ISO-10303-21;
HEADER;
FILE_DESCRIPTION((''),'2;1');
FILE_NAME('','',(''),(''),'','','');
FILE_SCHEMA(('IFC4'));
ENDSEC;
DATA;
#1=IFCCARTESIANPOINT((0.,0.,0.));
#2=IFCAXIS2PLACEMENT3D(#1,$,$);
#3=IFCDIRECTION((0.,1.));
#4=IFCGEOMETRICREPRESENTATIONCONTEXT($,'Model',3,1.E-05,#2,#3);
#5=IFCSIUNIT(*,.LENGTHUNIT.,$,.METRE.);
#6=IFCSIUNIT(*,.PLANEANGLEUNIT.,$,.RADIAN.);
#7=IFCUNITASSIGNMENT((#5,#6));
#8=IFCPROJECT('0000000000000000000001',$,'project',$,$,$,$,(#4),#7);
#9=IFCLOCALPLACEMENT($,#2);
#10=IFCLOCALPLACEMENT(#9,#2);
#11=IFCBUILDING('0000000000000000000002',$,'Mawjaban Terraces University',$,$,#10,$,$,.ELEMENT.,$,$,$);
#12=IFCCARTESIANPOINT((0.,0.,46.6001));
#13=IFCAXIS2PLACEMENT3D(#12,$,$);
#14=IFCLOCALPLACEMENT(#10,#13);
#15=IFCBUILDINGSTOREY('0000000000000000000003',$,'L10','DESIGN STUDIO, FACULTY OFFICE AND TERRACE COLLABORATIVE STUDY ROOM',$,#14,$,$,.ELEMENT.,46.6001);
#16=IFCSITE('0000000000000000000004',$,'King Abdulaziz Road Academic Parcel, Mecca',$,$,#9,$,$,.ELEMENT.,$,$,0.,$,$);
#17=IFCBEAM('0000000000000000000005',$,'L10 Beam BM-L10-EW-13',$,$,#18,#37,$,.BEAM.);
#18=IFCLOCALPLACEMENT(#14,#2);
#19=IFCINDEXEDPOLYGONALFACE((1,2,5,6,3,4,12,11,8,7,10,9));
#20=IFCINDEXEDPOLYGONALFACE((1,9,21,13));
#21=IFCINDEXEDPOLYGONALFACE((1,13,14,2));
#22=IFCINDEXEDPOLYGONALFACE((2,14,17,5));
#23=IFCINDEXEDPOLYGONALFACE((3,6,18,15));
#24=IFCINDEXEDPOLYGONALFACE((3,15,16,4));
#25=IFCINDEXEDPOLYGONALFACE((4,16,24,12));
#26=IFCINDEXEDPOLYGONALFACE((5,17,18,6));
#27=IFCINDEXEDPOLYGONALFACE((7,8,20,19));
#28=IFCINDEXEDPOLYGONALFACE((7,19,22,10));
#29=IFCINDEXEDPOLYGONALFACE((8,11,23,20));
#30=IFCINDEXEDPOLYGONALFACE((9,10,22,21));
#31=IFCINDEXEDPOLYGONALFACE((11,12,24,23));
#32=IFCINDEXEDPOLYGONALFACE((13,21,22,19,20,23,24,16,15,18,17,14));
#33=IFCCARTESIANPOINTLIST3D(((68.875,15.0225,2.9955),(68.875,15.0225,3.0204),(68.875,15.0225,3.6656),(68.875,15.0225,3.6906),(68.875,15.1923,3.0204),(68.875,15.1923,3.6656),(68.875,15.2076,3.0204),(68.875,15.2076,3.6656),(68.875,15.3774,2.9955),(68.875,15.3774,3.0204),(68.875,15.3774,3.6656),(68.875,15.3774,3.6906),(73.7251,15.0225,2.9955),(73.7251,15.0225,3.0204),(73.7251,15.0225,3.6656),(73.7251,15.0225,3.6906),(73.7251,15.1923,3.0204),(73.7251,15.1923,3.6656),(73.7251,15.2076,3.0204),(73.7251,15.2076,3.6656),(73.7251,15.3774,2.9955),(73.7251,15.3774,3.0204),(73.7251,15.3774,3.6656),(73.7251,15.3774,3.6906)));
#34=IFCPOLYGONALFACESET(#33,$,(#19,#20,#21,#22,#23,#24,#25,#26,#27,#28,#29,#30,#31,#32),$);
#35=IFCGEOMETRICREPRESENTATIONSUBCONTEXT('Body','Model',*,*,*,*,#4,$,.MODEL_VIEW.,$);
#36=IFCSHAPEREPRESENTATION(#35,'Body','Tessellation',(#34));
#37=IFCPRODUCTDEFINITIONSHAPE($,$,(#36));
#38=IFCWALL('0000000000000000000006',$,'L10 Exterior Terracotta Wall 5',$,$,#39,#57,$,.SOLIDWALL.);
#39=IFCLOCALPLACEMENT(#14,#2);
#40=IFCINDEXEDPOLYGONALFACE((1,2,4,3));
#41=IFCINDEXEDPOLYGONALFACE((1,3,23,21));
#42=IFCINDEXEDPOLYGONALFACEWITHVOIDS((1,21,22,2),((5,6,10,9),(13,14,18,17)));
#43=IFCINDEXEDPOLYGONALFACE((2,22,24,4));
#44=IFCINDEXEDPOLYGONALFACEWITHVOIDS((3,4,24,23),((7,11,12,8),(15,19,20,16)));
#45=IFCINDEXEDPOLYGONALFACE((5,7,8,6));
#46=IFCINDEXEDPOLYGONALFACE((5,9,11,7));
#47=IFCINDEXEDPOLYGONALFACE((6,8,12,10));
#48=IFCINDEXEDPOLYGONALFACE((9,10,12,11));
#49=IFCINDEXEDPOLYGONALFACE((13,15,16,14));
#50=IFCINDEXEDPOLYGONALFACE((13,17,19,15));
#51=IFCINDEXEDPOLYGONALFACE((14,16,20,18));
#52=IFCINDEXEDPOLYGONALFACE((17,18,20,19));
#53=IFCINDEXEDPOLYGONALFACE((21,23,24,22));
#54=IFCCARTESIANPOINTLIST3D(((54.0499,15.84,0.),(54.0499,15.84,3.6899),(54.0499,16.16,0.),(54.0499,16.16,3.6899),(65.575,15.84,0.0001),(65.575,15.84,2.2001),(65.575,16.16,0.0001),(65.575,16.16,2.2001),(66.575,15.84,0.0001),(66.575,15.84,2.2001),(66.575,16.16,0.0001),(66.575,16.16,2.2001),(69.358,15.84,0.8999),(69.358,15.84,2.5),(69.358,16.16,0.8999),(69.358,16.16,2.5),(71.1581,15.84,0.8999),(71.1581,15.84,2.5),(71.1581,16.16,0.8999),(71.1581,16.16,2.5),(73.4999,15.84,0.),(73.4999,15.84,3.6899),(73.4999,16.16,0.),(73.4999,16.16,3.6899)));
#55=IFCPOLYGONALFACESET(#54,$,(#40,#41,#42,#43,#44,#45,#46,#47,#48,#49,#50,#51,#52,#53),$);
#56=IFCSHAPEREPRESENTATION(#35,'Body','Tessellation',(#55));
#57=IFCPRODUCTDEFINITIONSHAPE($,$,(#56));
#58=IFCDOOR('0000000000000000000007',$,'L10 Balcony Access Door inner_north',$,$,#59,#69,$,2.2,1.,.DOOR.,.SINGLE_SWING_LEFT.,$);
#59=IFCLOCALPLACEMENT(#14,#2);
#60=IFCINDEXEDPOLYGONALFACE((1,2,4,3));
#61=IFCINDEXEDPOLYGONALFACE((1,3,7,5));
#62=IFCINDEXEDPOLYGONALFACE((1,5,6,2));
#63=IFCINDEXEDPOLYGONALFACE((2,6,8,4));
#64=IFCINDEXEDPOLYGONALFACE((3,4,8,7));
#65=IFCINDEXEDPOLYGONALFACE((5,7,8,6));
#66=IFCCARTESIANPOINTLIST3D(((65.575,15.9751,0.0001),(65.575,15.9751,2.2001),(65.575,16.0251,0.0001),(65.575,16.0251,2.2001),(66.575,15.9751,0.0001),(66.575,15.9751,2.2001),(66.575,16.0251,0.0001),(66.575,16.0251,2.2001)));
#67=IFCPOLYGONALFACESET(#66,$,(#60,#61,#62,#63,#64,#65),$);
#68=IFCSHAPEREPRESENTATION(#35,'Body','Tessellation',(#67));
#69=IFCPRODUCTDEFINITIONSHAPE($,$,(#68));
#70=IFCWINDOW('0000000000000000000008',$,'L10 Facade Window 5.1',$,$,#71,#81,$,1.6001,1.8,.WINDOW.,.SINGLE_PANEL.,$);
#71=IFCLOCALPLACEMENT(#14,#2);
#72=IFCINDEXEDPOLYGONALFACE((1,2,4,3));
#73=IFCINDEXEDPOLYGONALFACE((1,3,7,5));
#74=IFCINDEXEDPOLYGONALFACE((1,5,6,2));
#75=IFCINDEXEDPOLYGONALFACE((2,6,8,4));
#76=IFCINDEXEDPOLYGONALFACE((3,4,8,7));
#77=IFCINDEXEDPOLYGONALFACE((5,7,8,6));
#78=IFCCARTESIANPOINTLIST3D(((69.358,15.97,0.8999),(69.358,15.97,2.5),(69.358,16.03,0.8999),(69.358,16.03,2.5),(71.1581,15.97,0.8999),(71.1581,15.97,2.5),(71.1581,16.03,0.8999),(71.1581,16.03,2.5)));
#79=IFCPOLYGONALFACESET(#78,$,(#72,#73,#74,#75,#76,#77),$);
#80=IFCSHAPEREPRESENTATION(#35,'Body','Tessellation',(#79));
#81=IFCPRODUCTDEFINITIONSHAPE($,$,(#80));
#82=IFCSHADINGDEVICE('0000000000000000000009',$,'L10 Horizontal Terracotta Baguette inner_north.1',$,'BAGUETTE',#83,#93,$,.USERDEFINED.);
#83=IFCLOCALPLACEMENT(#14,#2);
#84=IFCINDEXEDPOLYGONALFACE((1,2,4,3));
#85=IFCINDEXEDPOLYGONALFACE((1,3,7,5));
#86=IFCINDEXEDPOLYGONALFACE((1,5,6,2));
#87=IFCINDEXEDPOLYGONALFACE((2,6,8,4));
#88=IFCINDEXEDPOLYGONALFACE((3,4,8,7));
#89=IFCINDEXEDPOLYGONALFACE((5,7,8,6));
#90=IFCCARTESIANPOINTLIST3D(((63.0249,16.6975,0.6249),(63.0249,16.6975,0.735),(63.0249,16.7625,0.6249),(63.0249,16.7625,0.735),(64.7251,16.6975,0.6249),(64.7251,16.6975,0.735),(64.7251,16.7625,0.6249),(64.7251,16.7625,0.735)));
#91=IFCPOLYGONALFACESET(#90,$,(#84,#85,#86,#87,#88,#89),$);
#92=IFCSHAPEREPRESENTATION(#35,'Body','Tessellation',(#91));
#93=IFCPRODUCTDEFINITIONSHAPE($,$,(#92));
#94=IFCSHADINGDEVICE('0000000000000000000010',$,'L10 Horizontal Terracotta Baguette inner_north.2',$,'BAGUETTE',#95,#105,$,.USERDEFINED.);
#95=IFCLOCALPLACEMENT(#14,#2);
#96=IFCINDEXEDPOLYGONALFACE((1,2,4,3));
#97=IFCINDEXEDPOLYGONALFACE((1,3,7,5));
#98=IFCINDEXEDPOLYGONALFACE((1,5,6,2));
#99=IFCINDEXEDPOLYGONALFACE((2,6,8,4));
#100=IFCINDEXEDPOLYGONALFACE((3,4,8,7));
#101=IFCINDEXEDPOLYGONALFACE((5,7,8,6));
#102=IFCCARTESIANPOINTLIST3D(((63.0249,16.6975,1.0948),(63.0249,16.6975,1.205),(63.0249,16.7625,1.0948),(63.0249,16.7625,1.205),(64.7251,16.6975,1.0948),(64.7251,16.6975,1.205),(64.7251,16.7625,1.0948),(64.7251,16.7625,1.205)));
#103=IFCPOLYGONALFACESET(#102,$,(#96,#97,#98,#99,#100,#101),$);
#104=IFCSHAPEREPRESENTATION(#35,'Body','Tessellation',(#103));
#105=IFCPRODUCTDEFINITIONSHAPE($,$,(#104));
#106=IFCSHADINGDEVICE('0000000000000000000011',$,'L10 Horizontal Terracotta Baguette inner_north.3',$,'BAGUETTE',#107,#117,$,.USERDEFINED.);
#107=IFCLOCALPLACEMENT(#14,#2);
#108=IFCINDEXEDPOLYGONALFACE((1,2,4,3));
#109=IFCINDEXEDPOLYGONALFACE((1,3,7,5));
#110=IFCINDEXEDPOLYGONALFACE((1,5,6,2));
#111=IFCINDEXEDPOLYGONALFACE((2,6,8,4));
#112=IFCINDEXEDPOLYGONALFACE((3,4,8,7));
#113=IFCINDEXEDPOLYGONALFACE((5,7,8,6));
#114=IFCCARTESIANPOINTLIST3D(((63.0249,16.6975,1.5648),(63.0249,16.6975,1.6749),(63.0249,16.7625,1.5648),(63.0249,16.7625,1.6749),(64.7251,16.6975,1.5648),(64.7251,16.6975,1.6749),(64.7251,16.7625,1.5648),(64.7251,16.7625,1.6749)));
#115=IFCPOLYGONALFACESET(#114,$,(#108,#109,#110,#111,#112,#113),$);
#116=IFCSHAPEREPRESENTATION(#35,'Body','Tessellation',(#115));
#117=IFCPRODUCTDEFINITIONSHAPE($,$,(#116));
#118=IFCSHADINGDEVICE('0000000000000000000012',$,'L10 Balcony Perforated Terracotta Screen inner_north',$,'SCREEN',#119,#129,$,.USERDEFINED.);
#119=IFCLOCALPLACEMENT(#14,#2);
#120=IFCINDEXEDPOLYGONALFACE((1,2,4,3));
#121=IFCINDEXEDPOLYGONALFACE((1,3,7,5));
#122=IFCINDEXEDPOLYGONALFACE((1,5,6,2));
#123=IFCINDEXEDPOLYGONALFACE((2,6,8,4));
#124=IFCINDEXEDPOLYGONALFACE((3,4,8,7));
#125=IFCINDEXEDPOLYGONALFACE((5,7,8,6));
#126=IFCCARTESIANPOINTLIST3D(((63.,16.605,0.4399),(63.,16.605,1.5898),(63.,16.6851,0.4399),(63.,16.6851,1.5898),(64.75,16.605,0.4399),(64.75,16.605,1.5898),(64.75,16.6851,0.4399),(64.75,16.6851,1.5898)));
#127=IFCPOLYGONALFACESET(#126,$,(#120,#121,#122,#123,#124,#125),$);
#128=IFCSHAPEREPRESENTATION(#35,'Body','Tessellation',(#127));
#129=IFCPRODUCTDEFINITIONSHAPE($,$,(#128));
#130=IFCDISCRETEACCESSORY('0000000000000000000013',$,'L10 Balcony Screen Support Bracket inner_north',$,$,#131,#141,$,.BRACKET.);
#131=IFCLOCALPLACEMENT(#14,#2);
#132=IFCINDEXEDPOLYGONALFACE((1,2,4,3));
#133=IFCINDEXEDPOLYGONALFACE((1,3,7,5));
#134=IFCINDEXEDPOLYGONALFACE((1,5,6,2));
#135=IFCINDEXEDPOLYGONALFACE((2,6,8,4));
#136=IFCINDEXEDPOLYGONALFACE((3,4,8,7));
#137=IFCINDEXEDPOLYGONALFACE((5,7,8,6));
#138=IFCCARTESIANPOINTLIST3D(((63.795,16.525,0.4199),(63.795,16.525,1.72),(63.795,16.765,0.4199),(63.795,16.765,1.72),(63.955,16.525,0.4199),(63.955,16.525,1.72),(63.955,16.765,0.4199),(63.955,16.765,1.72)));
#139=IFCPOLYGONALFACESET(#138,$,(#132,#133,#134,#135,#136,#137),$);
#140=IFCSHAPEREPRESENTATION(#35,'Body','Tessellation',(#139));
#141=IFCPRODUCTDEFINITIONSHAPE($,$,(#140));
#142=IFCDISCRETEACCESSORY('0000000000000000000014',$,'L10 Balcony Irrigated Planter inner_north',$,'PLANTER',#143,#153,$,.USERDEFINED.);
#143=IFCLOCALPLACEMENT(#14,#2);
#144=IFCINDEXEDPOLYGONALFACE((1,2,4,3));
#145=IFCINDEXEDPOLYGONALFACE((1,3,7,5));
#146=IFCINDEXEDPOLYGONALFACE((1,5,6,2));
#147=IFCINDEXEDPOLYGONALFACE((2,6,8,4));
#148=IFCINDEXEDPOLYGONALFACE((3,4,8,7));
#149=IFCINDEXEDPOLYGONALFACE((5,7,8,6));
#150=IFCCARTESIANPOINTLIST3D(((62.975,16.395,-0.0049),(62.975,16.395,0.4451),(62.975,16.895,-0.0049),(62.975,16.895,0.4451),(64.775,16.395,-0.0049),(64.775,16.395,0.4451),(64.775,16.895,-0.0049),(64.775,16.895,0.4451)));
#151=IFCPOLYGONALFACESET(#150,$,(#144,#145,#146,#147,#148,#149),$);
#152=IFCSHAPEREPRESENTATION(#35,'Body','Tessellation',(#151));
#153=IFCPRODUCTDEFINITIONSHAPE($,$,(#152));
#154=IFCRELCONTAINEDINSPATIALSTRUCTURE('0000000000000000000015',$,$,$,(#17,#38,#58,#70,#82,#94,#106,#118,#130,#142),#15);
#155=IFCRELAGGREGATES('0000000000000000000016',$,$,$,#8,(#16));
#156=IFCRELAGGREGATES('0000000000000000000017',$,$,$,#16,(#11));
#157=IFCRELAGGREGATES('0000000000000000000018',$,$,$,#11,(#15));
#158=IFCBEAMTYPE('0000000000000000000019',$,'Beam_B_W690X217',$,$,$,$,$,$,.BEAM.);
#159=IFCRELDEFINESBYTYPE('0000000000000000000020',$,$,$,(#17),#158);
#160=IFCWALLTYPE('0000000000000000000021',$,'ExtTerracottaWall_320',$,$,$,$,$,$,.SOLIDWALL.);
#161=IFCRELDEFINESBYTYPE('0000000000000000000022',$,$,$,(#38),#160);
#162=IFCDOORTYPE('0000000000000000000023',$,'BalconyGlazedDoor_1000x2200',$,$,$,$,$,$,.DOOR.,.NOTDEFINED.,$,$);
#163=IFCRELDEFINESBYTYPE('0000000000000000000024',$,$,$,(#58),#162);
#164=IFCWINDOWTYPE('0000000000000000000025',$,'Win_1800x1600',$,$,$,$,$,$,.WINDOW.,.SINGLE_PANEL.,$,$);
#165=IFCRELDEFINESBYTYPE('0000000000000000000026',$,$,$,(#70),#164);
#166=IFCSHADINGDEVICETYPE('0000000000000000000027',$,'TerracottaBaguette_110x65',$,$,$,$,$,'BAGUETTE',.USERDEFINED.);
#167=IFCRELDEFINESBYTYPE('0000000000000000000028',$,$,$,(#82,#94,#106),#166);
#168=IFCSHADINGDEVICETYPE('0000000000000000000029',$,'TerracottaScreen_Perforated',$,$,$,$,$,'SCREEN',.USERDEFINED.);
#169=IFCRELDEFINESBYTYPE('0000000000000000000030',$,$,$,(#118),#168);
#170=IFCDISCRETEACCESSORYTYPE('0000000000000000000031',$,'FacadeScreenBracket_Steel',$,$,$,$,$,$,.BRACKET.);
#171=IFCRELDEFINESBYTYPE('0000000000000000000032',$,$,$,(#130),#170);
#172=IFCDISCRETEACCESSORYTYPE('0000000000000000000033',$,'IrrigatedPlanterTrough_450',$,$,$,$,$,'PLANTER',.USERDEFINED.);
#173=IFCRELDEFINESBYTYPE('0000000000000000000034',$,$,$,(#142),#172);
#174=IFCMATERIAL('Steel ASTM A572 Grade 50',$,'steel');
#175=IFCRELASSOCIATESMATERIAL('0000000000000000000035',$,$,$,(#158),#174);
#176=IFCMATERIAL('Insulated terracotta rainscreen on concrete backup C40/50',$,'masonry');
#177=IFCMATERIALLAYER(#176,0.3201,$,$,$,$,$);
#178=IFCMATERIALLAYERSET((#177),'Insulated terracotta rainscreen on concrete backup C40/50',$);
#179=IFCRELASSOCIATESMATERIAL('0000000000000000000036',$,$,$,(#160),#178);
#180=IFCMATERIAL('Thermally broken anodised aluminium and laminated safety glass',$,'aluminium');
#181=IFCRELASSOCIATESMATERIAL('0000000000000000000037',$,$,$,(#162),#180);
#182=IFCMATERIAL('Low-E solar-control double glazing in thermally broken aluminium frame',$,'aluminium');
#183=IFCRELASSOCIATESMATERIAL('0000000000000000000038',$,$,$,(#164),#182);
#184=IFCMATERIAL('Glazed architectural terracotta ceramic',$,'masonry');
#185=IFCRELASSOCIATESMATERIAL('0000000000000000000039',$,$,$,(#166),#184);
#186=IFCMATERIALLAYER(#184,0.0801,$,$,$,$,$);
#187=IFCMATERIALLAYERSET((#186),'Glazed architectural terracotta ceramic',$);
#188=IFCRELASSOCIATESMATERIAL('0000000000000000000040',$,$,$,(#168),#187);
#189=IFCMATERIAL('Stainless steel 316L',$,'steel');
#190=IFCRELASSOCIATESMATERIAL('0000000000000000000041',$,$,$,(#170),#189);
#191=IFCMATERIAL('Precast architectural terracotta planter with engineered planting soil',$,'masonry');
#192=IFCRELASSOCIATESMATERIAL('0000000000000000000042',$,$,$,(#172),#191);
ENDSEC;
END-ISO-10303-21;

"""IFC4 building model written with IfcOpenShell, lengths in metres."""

from ifc_helpers import new_model, si_unit, direction, frame, frame_2d, origin, origin_2d, place, context, subcontext, project, spatial, rectangle, i_section, extrude, material, layer, layer_set, material_profile, profile_set, type_object, element, fill, save


model = new_model("IFC4")

# Units and contexts
model_context = context("Model", 3, precision=1e-05, world=origin(), true_north=direction((0.0, 1.0)))
body_context = subcontext(model_context, "Body", "Model", "MODEL_VIEW")
ifc_project = project(units=[si_unit("LENGTHUNIT", "METRE"), si_unit("PLANEANGLEUNIT", "RADIAN")], contexts=[model_context])

# Site, building, storey
site_placement = place(None, origin())
site = spatial("IfcSite", under=ifc_project, at=site_placement, Name="King Abdulaziz Road Academic Parcel, Mecca", CompositionType="ELEMENT", RefElevation=0.0)
building_placement = place(site_placement, origin())
building = spatial("IfcBuilding", under=site, at=building_placement, Name="Mawjaban Terraces University", CompositionType="ELEMENT")
storey_placement = place(building_placement, frame((0.0, 0.0, 46.6001)))
storey = spatial("IfcBuildingStorey", under=building, at=storey_placement, Name="L10", Description="DESIGN STUDIO, FACULTY OFFICE AND TERRACE COLLABORATIVE STUDY ROOM", CompositionType="ELEMENT", Elevation=46.6001)

# Beam
ifc_material_1 = material(Name="Steel ASTM A572 Grade 50", Category="steel")
ifc_material_profile_1 = material_profile(ifc_material_1, i_section(OverallWidth=0.355, OverallDepth=0.6951, WebThickness=0.0154, FlangeThickness=0.0249, at=origin_2d()), Name="W690X217")
ifc_profile_set_1 = profile_set([ifc_material_profile_1], Name="Steel ASTM A572 Grade 50")
beam_type_1 = type_object("IfcBeamType", Name="Beam_B_W690X217", PredefinedType="BEAM", material=ifc_profile_set_1)
beam_1_placement = place(storey_placement, frame((68.875, 15.2, 3.343), z_axis=(1.0, 0.0, 0.0), x_axis=(0.0, 1.0, 0.0)))
element("IfcBeam", 1, at=beam_1_placement, inside=storey, type_object=beam_type_1, Name="L10 Beam BM-L10-EW-13", PredefinedType="BEAM", context=body_context, shape_type="SweptSolid", body=[
    extrude(i_section(OverallWidth=0.355, OverallDepth=0.6951, WebThickness=0.0154, FlangeThickness=0.0249, at=origin_2d()), origin(), (0.0, 0.0, 1.0), 4.8501),
])

# Wall, openings, door, window
ifc_material_2 = material(Name="Insulated terracotta rainscreen on concrete backup C40/50", Category="masonry")
ifc_layer_1 = layer(ifc_material_2, 0.3201)
ifc_layer_set_1 = layer_set([ifc_layer_1], Name="Insulated terracotta rainscreen on concrete backup C40/50")
wall_type = type_object("IfcWallType", Name="ExtTerracottaWall_320", PredefinedType="SOLIDWALL", material=ifc_layer_set_1)
wall_placement = place(storey_placement, frame((73.5, 16.0, 0.0), z_axis=(0.0, 0.0, 1.0), x_axis=(-1.0, 0.0, 0.0)))
wall = element("IfcWall", 2, at=wall_placement, inside=storey, type_object=wall_type, Name="L10 Exterior Terracotta Wall 5", PredefinedType="SOLIDWALL", context=body_context, shape_type="SweptSolid", body=[
    extrude(rectangle(XDim=19.45, YDim=0.3201, at=frame_2d((9.7251, 0.0))), origin(), (0.0, 0.0, 1.0), 3.6899),
])
opening_1_placement = place(wall_placement, frame((6.925, 0.0, 0.0)))
opening_1 = element("IfcOpeningElement", 3, at=opening_1_placement, cuts=wall, PredefinedType="OPENING", context=body_context, shape_type="SweptSolid", body=[
    extrude(rectangle(XDim=1.0, YDim=2.2, at=frame_2d((0.5, 1.1001))), frame((0.0, 0.1699, 0.0), z_axis=(0.0, -1.0, 0.0), x_axis=(1.0, 0.0, 0.0)), (0.0, 0.0, 1.0), 0.3401),
])
opening_2_placement = place(wall_placement, frame((2.342, 0.0, 0.8999)))
opening_2 = element("IfcOpeningElement", 4, at=opening_2_placement, cuts=wall, PredefinedType="OPENING", context=body_context, shape_type="SweptSolid", body=[
    extrude(rectangle(XDim=1.8, YDim=1.6001, at=frame_2d((0.8999, 0.8))), frame((0.0, 0.1699, 0.0), z_axis=(0.0, -1.0, 0.0), x_axis=(1.0, 0.0, 0.0)), (0.0, 0.0, 1.0), 0.3401),
])
ifc_material_3 = material(Name="Thermally broken anodised aluminium and laminated safety glass", Category="aluminium")
door_type = type_object("IfcDoorType", Name="BalconyGlazedDoor_1000x2200", OperationType="NOTDEFINED", PredefinedType="DOOR", material=ifc_material_3)
door_placement = place(opening_1_placement, origin())
door = element("IfcDoor", 5, at=door_placement, inside=storey, type_object=door_type, Name="L10 Balcony Access Door inner_north", OperationType="SINGLE_SWING_LEFT", OverallHeight=2.2, OverallWidth=1.0, PredefinedType="DOOR", context=body_context, shape_type="SweptSolid", body=[
    extrude(rectangle(XDim=1.0, YDim=2.2, at=frame_2d((0.5, 1.1001))), frame((0.0, 0.0249, 0.0), z_axis=(0.0, -1.0, 0.0), x_axis=(1.0, 0.0, 0.0)), (0.0, 0.0, 1.0), 0.05),
])
fill(opening_1, door)
ifc_material_4 = material(Name="Low-E solar-control double glazing in thermally broken aluminium frame", Category="aluminium")
window_type = type_object("IfcWindowType", Name="Win_1800x1600", PartitioningType="SINGLE_PANEL", PredefinedType="WINDOW", material=ifc_material_4)
window_placement = place(opening_2_placement, origin())
window = element("IfcWindow", 6, at=window_placement, inside=storey, type_object=window_type, Name="L10 Facade Window 5.1", OverallHeight=1.6001, OverallWidth=1.8, PartitioningType="SINGLE_PANEL", PredefinedType="WINDOW", context=body_context, shape_type="SweptSolid", body=[
    extrude(rectangle(XDim=1.8, YDim=1.6001, at=frame_2d((0.8999, 0.8))), frame((0.0, 0.03, 0.0), z_axis=(0.0, -1.0, 0.0), x_axis=(1.0, 0.0, 0.0)), (0.0, 0.0, 1.0), 0.0601),
])
fill(opening_2, window)

# Shading devices
ifc_material_5 = material(Name="Glazed architectural terracotta ceramic", Category="masonry")
ifc_material_profile_2 = material_profile(ifc_material_5, rectangle(XDim=0.0649, YDim=0.1101, at=origin_2d()), Name="TBAG110X65")
ifc_profile_set_2 = profile_set([ifc_material_profile_2], Name="Glazed architectural terracotta ceramic")
shading_device_type_1 = type_object("IfcShadingDeviceType", Name="TerracottaBaguette_110x65", ElementType="BAGUETTE", PredefinedType="USERDEFINED", material=ifc_profile_set_2)
for number, where, z_axis, x_axis, name in (
    (7, (63.0249, 16.73, 0.6799), (1.0, 0.0, 0.0), (0.0, 1.0, 0.0), "L10 Horizontal Terracotta Baguette inner_north.1"),
    (8, (63.0249, 16.73, 1.1499), (1.0, 0.0, 0.0), (0.0, 1.0, 0.0), "L10 Horizontal Terracotta Baguette inner_north.2"),
    (9, (63.0249, 16.73, 1.6199), (1.0, 0.0, 0.0), (0.0, 1.0, 0.0), "L10 Horizontal Terracotta Baguette inner_north.3"),
):
    element("IfcShadingDevice", number, at=place(storey_placement, frame(where, z_axis=z_axis, x_axis=x_axis)), inside=storey, type_object=shading_device_type_1, Name=name, ObjectType="BAGUETTE", PredefinedType="USERDEFINED", context=body_context, shape_type="SweptSolid", body=[
        extrude(rectangle(XDim=0.0649, YDim=0.1101, at=origin_2d()), origin(), (0.0, 0.0, 1.0), 1.7002),
    ])
ifc_layer_2 = layer(ifc_material_5, 0.0801)
ifc_layer_set_2 = layer_set([ifc_layer_2], Name="Glazed architectural terracotta ceramic")
shading_device_type_2 = type_object("IfcShadingDeviceType", Name="TerracottaScreen_Perforated", ElementType="SCREEN", PredefinedType="USERDEFINED", material=ifc_layer_set_2)
shading_device_placement = place(storey_placement, frame((63.875, 16.645, 0.4399), z_axis=(0.0, 0.0, 1.0), x_axis=(1.0, 0.0, 0.0)))
element("IfcShadingDevice", 10, at=shading_device_placement, inside=storey, type_object=shading_device_type_2, Name="L10 Balcony Perforated Terracotta Screen inner_north", ObjectType="SCREEN", PredefinedType="USERDEFINED", context=body_context, shape_type="SweptSolid", body=[
    extrude(rectangle(XDim=1.75, YDim=0.0801, at=origin_2d()), origin(), (0.0, 0.0, 1.0), 1.1499),
])

# Discrete accessories
ifc_material_6 = material(Name="Stainless steel 316L", Category="steel")
discrete_accessory_type_1 = type_object("IfcDiscreteAccessoryType", Name="FacadeScreenBracket_Steel", PredefinedType="BRACKET", material=ifc_material_6)
discrete_accessory_1_placement = place(storey_placement, frame((63.875, 16.645, 0.4199), z_axis=(0.0, 0.0, 1.0), x_axis=(1.0, 0.0, 0.0)))
element("IfcDiscreteAccessory", 11, at=discrete_accessory_1_placement, inside=storey, type_object=discrete_accessory_type_1, Name="L10 Balcony Screen Support Bracket inner_north", PredefinedType="BRACKET", context=body_context, shape_type="SweptSolid", body=[
    extrude(rectangle(XDim=0.1599, YDim=0.24, at=origin_2d()), origin(), (0.0, 0.0, 1.0), 1.3),
])
ifc_material_7 = material(Name="Precast architectural terracotta planter with engineered planting soil", Category="masonry")
discrete_accessory_type_2 = type_object("IfcDiscreteAccessoryType", Name="IrrigatedPlanterTrough_450", ElementType="PLANTER", PredefinedType="USERDEFINED", material=ifc_material_7)
discrete_accessory_2_placement = place(storey_placement, frame((63.875, 16.645, -0.0049), z_axis=(0.0, 0.0, 1.0), x_axis=(1.0, 0.0, 0.0)))
element("IfcDiscreteAccessory", 12, at=discrete_accessory_2_placement, inside=storey, type_object=discrete_accessory_type_2, Name="L10 Balcony Irrigated Planter inner_north", ObjectType="PLANTER", PredefinedType="USERDEFINED", context=body_context, shape_type="SweptSolid", body=[
    extrude(rectangle(XDim=1.8, YDim=0.5, at=origin_2d()), origin(), (0.0, 0.0, 1.0), 0.45),
])

save(model, "model.ifc")
